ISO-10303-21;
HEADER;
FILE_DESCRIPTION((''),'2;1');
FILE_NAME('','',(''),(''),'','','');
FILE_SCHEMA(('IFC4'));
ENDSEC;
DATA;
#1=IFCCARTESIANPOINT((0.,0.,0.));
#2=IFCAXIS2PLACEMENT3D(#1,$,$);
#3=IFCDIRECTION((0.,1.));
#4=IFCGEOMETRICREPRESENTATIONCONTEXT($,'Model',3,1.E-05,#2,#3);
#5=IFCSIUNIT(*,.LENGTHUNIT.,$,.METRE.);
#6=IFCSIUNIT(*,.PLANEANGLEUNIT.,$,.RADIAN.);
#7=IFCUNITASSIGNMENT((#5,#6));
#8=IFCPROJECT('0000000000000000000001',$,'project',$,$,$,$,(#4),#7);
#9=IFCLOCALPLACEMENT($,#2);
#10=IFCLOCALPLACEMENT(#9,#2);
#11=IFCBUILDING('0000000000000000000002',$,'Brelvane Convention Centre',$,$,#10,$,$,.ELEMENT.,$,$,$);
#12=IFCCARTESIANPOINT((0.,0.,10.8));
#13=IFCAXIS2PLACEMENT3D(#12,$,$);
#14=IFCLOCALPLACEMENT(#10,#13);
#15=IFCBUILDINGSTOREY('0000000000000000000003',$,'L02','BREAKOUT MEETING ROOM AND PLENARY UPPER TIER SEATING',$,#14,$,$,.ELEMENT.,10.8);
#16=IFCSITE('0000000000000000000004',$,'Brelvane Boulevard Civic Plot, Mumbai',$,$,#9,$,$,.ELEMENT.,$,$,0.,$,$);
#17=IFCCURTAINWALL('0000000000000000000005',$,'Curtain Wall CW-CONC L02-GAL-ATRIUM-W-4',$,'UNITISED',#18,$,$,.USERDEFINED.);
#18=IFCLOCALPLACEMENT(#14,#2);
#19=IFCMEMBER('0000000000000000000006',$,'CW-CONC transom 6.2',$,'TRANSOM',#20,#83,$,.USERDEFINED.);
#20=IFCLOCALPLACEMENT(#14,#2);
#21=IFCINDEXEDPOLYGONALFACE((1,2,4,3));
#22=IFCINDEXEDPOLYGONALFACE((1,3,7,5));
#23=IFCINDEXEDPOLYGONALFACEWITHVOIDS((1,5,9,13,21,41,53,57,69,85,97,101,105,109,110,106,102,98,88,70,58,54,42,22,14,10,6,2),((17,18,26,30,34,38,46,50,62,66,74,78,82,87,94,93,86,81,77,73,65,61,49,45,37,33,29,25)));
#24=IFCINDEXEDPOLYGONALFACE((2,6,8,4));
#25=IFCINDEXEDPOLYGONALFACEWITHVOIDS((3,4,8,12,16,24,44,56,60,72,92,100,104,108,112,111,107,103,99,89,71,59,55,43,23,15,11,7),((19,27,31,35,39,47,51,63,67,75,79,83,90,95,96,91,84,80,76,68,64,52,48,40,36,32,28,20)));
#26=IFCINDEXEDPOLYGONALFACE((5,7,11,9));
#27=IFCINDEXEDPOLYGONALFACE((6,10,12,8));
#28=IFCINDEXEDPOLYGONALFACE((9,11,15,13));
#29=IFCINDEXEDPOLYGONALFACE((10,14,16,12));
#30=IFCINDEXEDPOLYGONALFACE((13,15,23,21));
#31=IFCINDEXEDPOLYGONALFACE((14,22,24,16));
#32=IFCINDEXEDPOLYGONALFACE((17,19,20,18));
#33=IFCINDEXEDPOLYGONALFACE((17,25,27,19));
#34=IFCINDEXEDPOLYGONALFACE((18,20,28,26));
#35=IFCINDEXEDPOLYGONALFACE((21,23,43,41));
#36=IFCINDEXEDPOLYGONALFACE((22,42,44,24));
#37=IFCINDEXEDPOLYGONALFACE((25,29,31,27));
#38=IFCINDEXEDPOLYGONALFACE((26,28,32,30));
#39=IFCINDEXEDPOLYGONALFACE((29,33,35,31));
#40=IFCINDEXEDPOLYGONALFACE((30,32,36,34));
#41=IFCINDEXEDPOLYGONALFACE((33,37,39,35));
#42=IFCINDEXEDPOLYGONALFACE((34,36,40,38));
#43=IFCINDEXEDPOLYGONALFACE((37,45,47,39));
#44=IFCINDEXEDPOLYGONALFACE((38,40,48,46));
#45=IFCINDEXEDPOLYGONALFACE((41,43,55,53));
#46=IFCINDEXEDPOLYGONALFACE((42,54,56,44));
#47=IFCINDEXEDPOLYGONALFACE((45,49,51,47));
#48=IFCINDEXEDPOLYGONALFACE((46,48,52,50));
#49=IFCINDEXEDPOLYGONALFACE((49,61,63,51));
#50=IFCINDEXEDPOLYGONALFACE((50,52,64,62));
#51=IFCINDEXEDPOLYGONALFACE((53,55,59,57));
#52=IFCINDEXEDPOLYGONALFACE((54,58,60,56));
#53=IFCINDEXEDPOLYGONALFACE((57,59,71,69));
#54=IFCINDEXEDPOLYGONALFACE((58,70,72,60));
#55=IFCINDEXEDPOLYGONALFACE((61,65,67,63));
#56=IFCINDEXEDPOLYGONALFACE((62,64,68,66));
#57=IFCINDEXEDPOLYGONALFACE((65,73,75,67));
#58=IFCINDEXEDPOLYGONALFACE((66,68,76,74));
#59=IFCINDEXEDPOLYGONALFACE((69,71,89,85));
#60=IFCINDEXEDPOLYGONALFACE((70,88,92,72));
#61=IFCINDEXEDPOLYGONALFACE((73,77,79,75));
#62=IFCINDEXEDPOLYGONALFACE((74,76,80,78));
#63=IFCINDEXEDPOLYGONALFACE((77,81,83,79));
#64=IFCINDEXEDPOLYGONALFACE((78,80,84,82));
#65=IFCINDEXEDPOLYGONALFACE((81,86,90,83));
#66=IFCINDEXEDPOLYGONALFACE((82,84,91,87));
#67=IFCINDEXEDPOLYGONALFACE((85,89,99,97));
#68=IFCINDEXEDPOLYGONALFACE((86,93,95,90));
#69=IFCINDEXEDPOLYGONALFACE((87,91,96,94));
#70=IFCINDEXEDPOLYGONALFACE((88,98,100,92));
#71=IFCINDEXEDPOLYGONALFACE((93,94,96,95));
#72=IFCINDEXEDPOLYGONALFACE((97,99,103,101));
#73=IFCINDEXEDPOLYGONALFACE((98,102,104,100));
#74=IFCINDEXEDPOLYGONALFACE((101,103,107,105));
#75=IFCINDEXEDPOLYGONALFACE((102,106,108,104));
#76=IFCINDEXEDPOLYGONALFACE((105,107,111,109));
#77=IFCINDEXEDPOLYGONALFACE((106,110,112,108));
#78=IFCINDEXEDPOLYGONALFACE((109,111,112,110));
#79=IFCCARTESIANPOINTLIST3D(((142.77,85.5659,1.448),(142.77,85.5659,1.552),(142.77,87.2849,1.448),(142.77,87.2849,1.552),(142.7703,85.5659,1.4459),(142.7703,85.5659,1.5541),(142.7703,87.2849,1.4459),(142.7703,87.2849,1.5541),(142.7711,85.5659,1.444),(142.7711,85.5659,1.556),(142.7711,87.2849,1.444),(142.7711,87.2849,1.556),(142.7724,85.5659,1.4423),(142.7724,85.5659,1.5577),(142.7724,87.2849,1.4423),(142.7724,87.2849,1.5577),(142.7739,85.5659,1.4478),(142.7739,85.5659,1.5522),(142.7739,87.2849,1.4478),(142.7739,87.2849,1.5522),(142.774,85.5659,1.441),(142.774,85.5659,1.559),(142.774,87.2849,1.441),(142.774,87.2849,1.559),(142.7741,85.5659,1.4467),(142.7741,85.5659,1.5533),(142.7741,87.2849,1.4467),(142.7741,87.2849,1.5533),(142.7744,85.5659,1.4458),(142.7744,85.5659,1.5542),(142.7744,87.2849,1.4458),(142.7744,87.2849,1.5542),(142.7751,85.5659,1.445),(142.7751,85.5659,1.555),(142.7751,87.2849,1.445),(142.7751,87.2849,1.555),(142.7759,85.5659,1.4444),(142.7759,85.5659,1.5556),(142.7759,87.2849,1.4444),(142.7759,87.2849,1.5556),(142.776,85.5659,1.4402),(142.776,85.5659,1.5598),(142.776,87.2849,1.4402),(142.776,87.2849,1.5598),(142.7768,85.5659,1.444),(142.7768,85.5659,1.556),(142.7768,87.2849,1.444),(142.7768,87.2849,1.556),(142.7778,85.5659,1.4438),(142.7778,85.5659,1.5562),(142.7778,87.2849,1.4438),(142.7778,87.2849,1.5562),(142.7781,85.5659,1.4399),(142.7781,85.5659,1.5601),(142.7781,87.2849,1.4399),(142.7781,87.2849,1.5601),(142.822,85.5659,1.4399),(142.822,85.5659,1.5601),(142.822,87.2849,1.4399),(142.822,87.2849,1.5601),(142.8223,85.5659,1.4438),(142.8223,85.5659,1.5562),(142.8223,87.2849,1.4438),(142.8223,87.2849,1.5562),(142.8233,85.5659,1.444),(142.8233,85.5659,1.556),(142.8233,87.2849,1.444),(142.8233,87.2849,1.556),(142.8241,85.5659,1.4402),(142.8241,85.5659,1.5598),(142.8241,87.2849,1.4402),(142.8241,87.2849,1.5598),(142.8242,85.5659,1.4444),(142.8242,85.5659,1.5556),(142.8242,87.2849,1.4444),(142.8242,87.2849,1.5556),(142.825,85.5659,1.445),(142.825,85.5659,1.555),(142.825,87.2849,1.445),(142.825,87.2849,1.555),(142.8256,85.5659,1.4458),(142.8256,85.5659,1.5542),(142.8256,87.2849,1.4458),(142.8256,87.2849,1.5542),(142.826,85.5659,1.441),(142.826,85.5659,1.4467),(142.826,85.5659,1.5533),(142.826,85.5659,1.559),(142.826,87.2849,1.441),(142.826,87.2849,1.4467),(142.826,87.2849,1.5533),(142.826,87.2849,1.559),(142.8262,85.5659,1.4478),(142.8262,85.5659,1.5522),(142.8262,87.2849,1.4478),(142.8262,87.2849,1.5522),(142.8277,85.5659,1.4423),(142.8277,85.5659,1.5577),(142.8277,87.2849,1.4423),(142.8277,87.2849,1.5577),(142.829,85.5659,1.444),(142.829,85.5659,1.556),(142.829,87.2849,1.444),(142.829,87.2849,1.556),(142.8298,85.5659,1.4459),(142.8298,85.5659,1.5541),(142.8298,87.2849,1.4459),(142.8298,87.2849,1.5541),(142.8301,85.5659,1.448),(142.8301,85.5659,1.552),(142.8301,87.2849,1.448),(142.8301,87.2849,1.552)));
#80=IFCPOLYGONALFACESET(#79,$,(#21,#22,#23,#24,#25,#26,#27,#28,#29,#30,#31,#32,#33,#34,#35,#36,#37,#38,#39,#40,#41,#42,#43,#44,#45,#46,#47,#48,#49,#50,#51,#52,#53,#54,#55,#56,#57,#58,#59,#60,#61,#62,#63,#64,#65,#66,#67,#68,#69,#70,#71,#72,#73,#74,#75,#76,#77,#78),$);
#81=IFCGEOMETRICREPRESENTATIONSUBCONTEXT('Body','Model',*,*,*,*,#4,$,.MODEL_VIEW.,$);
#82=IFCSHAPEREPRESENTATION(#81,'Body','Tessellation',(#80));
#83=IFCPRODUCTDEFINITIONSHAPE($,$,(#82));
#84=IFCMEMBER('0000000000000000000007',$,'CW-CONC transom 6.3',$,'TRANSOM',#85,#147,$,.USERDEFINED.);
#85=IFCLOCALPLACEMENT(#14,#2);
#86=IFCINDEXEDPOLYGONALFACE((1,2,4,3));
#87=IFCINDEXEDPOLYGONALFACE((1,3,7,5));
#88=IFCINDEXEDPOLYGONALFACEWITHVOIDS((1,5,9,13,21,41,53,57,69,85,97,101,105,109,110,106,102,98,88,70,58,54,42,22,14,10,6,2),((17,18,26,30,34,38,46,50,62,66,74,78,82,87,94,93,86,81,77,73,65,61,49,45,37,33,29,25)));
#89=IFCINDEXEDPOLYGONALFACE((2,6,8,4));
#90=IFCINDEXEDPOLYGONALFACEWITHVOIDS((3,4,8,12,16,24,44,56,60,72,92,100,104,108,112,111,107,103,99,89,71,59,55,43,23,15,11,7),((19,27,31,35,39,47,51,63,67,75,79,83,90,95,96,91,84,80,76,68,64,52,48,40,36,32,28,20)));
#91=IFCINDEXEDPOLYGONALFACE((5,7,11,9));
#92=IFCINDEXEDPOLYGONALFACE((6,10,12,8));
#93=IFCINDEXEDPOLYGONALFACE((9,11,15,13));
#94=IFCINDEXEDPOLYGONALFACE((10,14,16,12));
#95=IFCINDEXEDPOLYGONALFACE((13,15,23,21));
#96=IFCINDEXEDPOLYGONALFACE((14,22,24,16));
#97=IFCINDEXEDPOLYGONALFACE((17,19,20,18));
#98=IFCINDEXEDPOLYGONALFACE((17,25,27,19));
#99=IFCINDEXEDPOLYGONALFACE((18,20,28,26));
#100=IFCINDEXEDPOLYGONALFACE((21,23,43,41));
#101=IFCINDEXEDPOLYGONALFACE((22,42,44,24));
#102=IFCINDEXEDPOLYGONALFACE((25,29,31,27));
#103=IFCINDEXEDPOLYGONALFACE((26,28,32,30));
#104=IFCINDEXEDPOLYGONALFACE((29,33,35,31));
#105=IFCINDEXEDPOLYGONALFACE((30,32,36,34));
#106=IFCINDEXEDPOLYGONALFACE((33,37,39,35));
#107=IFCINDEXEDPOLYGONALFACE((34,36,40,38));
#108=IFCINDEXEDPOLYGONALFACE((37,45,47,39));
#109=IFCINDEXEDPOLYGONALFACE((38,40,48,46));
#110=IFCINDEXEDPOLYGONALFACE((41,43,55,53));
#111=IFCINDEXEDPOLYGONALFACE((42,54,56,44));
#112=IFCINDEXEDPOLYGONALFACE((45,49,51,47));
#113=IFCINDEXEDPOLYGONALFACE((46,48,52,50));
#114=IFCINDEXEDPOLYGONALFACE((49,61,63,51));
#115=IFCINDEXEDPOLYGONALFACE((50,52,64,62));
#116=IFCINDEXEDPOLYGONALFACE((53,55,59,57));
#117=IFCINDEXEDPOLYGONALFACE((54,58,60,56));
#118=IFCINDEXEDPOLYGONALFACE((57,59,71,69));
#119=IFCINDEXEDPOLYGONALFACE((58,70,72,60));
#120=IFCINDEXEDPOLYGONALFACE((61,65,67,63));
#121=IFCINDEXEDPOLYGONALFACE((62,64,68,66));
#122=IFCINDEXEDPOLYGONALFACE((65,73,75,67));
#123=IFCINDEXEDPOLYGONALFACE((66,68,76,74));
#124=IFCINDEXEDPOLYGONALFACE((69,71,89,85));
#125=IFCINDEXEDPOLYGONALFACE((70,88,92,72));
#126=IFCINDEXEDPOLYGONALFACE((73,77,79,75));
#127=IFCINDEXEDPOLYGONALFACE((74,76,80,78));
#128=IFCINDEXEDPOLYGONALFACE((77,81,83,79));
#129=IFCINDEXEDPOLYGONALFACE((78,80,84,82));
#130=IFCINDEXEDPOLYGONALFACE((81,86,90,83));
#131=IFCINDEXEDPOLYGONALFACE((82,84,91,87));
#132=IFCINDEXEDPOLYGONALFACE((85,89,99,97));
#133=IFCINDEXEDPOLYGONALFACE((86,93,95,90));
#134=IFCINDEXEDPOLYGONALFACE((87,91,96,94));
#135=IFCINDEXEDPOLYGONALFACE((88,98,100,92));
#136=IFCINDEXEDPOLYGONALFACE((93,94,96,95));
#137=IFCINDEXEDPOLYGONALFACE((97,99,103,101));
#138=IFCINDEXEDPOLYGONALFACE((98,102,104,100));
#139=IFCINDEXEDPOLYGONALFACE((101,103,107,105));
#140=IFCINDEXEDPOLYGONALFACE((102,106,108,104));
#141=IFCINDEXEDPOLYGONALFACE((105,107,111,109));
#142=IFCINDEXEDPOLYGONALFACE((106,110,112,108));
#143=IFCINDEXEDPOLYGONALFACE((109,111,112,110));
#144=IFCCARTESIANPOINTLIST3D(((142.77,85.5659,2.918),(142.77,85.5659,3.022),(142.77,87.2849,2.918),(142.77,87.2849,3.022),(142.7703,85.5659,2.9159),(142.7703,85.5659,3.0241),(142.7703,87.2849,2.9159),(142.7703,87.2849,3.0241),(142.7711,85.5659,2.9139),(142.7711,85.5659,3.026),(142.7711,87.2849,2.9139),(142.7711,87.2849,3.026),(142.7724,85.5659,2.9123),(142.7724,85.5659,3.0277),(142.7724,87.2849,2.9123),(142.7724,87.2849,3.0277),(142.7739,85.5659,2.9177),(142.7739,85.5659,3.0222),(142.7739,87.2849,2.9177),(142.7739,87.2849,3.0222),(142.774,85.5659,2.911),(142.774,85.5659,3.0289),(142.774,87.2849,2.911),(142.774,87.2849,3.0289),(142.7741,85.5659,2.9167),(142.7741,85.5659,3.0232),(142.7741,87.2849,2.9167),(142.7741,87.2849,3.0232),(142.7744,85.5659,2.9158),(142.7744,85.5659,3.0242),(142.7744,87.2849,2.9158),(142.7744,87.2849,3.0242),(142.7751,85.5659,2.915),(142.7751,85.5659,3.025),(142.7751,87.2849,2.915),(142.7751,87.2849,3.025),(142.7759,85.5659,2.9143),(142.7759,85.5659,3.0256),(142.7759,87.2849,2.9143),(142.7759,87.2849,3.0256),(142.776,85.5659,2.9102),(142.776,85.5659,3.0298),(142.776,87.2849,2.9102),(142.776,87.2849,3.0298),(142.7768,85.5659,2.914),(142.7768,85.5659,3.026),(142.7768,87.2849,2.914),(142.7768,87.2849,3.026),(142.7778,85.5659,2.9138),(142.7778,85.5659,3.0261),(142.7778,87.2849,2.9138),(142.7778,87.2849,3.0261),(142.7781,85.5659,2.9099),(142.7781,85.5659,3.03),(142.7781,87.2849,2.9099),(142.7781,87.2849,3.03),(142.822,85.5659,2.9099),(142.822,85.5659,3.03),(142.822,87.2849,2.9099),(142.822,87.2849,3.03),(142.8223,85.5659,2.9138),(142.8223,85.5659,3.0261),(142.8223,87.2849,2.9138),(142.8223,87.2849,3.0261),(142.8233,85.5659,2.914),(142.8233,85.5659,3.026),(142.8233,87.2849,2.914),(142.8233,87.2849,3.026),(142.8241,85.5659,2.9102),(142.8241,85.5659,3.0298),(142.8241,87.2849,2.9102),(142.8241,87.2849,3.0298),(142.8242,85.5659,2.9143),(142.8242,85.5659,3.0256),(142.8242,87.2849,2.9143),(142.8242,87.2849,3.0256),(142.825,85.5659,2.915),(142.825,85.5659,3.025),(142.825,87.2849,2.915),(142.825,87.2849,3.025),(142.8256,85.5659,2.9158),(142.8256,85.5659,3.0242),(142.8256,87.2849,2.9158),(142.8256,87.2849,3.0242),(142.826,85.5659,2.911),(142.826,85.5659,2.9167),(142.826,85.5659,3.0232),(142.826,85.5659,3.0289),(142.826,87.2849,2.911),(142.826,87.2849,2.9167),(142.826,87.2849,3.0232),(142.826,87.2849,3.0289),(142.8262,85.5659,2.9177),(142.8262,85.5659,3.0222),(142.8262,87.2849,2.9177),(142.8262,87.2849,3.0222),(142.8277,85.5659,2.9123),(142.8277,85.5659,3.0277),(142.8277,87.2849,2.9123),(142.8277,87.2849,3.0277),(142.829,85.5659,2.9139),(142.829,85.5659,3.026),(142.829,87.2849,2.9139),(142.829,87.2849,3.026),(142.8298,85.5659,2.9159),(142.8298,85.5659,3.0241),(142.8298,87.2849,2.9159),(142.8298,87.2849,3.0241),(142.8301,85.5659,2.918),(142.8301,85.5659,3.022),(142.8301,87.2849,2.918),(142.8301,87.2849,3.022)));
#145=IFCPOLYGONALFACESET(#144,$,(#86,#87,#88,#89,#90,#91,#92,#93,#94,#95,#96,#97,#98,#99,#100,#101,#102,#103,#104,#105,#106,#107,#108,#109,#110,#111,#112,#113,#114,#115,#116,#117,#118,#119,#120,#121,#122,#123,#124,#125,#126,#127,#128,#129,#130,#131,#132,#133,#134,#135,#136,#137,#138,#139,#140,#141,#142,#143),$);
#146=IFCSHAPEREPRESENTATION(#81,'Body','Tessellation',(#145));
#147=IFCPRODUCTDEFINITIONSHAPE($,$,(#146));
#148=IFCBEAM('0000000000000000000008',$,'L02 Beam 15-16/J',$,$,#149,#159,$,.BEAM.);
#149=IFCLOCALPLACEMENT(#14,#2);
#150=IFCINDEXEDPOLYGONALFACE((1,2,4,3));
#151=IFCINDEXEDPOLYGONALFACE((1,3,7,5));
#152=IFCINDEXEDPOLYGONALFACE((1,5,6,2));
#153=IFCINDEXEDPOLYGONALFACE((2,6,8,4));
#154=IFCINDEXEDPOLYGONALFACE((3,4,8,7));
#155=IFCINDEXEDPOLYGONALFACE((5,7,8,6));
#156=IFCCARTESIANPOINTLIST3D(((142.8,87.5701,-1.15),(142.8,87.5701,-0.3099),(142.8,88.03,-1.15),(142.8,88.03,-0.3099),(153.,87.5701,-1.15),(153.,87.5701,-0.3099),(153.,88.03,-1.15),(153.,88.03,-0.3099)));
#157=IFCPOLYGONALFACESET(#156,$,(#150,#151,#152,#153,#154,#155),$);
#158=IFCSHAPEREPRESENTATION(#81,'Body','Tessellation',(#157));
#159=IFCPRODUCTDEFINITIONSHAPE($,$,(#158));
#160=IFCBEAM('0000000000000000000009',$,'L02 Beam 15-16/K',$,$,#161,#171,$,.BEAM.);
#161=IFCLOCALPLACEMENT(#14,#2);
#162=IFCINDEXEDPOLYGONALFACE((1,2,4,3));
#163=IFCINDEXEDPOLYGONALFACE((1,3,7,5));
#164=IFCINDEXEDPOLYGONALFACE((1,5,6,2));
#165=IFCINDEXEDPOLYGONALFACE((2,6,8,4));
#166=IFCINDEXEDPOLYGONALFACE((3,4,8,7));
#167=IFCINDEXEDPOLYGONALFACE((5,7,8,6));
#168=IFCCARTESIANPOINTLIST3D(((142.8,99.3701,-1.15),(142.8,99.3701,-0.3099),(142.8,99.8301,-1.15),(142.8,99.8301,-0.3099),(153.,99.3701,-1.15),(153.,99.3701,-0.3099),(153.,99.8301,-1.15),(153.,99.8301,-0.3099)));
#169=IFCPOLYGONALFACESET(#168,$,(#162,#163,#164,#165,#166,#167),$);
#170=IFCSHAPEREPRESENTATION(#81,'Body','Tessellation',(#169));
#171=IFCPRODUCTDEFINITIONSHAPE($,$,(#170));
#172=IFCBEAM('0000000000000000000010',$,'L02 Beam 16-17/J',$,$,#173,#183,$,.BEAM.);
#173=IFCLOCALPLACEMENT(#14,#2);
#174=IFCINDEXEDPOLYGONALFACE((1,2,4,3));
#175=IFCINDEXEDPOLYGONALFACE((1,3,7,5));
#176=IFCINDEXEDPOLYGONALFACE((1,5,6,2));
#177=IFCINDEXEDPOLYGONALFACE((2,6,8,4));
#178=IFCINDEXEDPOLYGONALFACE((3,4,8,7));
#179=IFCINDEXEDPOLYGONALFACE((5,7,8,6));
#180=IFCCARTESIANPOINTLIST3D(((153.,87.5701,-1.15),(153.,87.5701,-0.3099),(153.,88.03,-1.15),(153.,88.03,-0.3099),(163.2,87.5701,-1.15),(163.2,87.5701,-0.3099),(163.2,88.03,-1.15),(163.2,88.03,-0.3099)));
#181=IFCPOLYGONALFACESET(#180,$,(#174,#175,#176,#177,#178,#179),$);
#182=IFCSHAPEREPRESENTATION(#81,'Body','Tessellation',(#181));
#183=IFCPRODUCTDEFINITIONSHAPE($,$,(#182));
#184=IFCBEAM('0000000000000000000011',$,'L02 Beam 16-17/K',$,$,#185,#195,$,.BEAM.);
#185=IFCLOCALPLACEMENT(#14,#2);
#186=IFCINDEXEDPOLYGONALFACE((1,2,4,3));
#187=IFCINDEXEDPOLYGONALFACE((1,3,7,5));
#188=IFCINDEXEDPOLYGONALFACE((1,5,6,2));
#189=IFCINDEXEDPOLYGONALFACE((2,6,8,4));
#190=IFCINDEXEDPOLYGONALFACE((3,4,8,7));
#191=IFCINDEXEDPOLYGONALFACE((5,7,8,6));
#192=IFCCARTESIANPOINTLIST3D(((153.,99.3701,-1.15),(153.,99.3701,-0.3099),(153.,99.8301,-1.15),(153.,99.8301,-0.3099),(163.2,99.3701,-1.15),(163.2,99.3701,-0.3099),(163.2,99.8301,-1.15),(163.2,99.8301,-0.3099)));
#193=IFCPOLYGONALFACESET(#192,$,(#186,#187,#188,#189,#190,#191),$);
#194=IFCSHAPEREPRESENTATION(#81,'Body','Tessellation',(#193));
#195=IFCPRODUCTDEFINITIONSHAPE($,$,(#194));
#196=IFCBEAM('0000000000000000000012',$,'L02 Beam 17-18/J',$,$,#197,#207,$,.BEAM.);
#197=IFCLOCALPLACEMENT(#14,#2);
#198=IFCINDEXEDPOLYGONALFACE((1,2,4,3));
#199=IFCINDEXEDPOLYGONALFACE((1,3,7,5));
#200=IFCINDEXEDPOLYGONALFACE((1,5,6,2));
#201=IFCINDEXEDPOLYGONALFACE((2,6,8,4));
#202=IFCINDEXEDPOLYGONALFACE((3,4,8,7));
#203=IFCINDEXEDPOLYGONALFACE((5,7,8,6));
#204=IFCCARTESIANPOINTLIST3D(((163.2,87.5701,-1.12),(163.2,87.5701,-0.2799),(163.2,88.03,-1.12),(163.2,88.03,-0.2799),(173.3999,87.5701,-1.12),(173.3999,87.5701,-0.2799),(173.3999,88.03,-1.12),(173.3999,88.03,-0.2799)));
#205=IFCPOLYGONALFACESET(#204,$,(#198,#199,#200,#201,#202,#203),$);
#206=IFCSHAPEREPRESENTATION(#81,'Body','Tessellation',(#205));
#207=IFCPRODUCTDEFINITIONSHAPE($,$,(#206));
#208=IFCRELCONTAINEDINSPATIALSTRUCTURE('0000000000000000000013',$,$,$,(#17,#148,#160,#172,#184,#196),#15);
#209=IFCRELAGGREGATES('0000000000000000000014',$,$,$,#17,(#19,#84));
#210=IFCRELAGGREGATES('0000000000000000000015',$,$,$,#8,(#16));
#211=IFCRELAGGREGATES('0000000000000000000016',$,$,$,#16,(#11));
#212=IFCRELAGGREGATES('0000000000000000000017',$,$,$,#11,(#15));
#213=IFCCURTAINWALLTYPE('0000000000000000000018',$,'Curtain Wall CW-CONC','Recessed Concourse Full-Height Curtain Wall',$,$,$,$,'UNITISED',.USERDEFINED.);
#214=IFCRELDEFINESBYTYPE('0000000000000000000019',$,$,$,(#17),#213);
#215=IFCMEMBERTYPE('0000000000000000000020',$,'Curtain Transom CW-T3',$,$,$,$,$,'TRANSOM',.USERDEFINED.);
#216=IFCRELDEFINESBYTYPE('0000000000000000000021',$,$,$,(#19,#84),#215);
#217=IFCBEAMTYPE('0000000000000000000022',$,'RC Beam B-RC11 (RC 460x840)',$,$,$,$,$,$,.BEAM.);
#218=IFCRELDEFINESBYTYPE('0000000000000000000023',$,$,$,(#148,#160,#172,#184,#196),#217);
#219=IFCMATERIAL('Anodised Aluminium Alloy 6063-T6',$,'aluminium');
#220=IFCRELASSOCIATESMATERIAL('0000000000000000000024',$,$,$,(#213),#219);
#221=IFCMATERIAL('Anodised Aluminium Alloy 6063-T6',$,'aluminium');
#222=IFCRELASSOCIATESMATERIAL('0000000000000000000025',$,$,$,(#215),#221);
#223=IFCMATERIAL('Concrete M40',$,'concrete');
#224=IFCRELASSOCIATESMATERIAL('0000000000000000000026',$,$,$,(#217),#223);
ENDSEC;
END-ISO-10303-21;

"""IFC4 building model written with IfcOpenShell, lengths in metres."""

from ifc_helpers import new_model, si_unit, direction, frame, origin, origin_2d, place, context, subcontext, project, spatial, rectangle, hollow_rectangle, extrude, material, material_profile, profile_set, type_object, element, aggregate, save


model = new_model("IFC4")

# Units and contexts
model_context = context("Model", 3, precision=1e-05, world=origin(), true_north=direction((0.0, 1.0)))
body_context = subcontext(model_context, "Body", "Model", "MODEL_VIEW")
ifc_project = project(units=[si_unit("LENGTHUNIT", "METRE"), si_unit("PLANEANGLEUNIT", "RADIAN")], contexts=[model_context])

# Site, building, storey
site_placement = place(None, origin())
site = spatial("IfcSite", under=ifc_project, at=site_placement, Name="Brelvane Boulevard Civic Plot, Mumbai", CompositionType="ELEMENT", RefElevation=0.0)
building_placement = place(site_placement, origin())
building = spatial("IfcBuilding", under=site, at=building_placement, Name="Brelvane Convention Centre", CompositionType="ELEMENT")
storey_placement = place(building_placement, frame((0.0, 0.0, 10.8)))
storey = spatial("IfcBuildingStorey", under=building, at=storey_placement, Name="L02", Description="BREAKOUT MEETING ROOM AND PLENARY UPPER TIER SEATING", CompositionType="ELEMENT", Elevation=10.8)

# Curtain wall
ifc_material_1 = material(Name="Anodised Aluminium Alloy 6063-T6", Category="aluminium")
curtain_wall_type_1 = type_object("IfcCurtainWallType", Name="Curtain Wall CW-CONC", Description="Recessed Concourse Full-Height Curtain Wall", ElementType="UNITISED", PredefinedType="USERDEFINED", material=ifc_material_1)
curtain_wall_1_placement = place(storey_placement, origin())
curtain_wall_1 = element("IfcCurtainWall", 1, at=curtain_wall_1_placement, inside=storey, type_object=curtain_wall_type_1, Name="Curtain Wall CW-CONC L02-GAL-ATRIUM-W-4", ObjectType="UNITISED", PredefinedType="USERDEFINED")

# Members
ifc_material_2 = material(Name="Anodised Aluminium Alloy 6063-T6", Category="aluminium")
ifc_material_profile_1 = material_profile(ifc_material_2, hollow_rectangle(XDim=0.0601, YDim=0.1201, WallThickness=0.0039, InnerFilletRadius=0.0039, OuterFilletRadius=0.0081, at=origin_2d()), Name="ALU-T 120x60x4.0")
ifc_profile_set_1 = profile_set([ifc_material_profile_1], Name="Anodised Aluminium Alloy 6063-T6")
member_type_1 = type_object("IfcMemberType", Name="Curtain Transom CW-T3", ElementType="TRANSOM", PredefinedType="USERDEFINED", material=ifc_profile_set_1)
member_1_placement = place(storey_placement, frame((142.8, 85.5659, 1.5), z_axis=(0.0, 1.0, 0.0), x_axis=(-1.0, 0.0, 0.0)))
member_1 = element("IfcMember", 2, at=member_1_placement, type_object=member_type_1, Name="CW-CONC transom 6.2", ObjectType="TRANSOM", PredefinedType="USERDEFINED", context=body_context, shape_type="SweptSolid", body=[
    extrude(hollow_rectangle(XDim=0.0601, YDim=0.1201, WallThickness=0.0039, InnerFilletRadius=0.0039, OuterFilletRadius=0.0081, at=origin_2d()), origin(), (0.0, 0.0, 1.0), 1.719),
])
member_2_placement = place(storey_placement, frame((142.8, 85.5659, 2.97), z_axis=(0.0, 1.0, 0.0), x_axis=(-1.0, 0.0, 0.0)))
member_2 = element("IfcMember", 3, at=member_2_placement, type_object=member_type_1, Name="CW-CONC transom 6.3", ObjectType="TRANSOM", PredefinedType="USERDEFINED", context=body_context, shape_type="SweptSolid", body=[
    extrude(hollow_rectangle(XDim=0.0601, YDim=0.1201, WallThickness=0.0039, InnerFilletRadius=0.0039, OuterFilletRadius=0.0081, at=origin_2d()), origin(), (0.0, 0.0, 1.0), 1.719),
])

# Beams
ifc_material_3 = material(Name="Concrete M40", Category="concrete")
ifc_material_profile_2 = material_profile(ifc_material_3, rectangle(XDim=0.46, YDim=0.8401, at=origin_2d()), Name="RC 460x840")
ifc_profile_set_2 = profile_set([ifc_material_profile_2], Name="Concrete M40")
beam_type_1 = type_object("IfcBeamType", Name="RC Beam B-RC11 (RC 460x840)", PredefinedType="BEAM", material=ifc_profile_set_2)
for number, where, z_axis, x_axis, name in (
    (4, (142.8, 87.8, -0.73), (1.0, 0.0, 0.0), (0.0, 1.0, 0.0), "L02 Beam 15-16/J"),
    (5, (142.8, 99.6001, -0.73), (1.0, 0.0, 0.0), (0.0, 1.0, 0.0), "L02 Beam 15-16/K"),
    (6, (153.0, 87.8, -0.73), (1.0, 0.0, 0.0), (0.0, 1.0, 0.0), "L02 Beam 16-17/J"),
    (7, (153.0, 99.6001, -0.73), (1.0, 0.0, 0.0), (0.0, 1.0, 0.0), "L02 Beam 16-17/K"),
    (8, (163.2, 87.8, -0.7), (1.0, 0.0, 0.0), (0.0, 1.0, 0.0), "L02 Beam 17-18/J"),
):
    element("IfcBeam", number, at=place(storey_placement, frame(where, z_axis=z_axis, x_axis=x_axis)), inside=storey, type_object=beam_type_1, Name=name, PredefinedType="BEAM", context=body_context, shape_type="SweptSolid", body=[
        extrude(rectangle(XDim=0.46, YDim=0.8401, at=origin_2d()), origin(), (0.0, 0.0, 1.0), 10.2),
    ])

aggregate(curtain_wall_1, [member_1, member_2])

save(model, "model.ifc")
